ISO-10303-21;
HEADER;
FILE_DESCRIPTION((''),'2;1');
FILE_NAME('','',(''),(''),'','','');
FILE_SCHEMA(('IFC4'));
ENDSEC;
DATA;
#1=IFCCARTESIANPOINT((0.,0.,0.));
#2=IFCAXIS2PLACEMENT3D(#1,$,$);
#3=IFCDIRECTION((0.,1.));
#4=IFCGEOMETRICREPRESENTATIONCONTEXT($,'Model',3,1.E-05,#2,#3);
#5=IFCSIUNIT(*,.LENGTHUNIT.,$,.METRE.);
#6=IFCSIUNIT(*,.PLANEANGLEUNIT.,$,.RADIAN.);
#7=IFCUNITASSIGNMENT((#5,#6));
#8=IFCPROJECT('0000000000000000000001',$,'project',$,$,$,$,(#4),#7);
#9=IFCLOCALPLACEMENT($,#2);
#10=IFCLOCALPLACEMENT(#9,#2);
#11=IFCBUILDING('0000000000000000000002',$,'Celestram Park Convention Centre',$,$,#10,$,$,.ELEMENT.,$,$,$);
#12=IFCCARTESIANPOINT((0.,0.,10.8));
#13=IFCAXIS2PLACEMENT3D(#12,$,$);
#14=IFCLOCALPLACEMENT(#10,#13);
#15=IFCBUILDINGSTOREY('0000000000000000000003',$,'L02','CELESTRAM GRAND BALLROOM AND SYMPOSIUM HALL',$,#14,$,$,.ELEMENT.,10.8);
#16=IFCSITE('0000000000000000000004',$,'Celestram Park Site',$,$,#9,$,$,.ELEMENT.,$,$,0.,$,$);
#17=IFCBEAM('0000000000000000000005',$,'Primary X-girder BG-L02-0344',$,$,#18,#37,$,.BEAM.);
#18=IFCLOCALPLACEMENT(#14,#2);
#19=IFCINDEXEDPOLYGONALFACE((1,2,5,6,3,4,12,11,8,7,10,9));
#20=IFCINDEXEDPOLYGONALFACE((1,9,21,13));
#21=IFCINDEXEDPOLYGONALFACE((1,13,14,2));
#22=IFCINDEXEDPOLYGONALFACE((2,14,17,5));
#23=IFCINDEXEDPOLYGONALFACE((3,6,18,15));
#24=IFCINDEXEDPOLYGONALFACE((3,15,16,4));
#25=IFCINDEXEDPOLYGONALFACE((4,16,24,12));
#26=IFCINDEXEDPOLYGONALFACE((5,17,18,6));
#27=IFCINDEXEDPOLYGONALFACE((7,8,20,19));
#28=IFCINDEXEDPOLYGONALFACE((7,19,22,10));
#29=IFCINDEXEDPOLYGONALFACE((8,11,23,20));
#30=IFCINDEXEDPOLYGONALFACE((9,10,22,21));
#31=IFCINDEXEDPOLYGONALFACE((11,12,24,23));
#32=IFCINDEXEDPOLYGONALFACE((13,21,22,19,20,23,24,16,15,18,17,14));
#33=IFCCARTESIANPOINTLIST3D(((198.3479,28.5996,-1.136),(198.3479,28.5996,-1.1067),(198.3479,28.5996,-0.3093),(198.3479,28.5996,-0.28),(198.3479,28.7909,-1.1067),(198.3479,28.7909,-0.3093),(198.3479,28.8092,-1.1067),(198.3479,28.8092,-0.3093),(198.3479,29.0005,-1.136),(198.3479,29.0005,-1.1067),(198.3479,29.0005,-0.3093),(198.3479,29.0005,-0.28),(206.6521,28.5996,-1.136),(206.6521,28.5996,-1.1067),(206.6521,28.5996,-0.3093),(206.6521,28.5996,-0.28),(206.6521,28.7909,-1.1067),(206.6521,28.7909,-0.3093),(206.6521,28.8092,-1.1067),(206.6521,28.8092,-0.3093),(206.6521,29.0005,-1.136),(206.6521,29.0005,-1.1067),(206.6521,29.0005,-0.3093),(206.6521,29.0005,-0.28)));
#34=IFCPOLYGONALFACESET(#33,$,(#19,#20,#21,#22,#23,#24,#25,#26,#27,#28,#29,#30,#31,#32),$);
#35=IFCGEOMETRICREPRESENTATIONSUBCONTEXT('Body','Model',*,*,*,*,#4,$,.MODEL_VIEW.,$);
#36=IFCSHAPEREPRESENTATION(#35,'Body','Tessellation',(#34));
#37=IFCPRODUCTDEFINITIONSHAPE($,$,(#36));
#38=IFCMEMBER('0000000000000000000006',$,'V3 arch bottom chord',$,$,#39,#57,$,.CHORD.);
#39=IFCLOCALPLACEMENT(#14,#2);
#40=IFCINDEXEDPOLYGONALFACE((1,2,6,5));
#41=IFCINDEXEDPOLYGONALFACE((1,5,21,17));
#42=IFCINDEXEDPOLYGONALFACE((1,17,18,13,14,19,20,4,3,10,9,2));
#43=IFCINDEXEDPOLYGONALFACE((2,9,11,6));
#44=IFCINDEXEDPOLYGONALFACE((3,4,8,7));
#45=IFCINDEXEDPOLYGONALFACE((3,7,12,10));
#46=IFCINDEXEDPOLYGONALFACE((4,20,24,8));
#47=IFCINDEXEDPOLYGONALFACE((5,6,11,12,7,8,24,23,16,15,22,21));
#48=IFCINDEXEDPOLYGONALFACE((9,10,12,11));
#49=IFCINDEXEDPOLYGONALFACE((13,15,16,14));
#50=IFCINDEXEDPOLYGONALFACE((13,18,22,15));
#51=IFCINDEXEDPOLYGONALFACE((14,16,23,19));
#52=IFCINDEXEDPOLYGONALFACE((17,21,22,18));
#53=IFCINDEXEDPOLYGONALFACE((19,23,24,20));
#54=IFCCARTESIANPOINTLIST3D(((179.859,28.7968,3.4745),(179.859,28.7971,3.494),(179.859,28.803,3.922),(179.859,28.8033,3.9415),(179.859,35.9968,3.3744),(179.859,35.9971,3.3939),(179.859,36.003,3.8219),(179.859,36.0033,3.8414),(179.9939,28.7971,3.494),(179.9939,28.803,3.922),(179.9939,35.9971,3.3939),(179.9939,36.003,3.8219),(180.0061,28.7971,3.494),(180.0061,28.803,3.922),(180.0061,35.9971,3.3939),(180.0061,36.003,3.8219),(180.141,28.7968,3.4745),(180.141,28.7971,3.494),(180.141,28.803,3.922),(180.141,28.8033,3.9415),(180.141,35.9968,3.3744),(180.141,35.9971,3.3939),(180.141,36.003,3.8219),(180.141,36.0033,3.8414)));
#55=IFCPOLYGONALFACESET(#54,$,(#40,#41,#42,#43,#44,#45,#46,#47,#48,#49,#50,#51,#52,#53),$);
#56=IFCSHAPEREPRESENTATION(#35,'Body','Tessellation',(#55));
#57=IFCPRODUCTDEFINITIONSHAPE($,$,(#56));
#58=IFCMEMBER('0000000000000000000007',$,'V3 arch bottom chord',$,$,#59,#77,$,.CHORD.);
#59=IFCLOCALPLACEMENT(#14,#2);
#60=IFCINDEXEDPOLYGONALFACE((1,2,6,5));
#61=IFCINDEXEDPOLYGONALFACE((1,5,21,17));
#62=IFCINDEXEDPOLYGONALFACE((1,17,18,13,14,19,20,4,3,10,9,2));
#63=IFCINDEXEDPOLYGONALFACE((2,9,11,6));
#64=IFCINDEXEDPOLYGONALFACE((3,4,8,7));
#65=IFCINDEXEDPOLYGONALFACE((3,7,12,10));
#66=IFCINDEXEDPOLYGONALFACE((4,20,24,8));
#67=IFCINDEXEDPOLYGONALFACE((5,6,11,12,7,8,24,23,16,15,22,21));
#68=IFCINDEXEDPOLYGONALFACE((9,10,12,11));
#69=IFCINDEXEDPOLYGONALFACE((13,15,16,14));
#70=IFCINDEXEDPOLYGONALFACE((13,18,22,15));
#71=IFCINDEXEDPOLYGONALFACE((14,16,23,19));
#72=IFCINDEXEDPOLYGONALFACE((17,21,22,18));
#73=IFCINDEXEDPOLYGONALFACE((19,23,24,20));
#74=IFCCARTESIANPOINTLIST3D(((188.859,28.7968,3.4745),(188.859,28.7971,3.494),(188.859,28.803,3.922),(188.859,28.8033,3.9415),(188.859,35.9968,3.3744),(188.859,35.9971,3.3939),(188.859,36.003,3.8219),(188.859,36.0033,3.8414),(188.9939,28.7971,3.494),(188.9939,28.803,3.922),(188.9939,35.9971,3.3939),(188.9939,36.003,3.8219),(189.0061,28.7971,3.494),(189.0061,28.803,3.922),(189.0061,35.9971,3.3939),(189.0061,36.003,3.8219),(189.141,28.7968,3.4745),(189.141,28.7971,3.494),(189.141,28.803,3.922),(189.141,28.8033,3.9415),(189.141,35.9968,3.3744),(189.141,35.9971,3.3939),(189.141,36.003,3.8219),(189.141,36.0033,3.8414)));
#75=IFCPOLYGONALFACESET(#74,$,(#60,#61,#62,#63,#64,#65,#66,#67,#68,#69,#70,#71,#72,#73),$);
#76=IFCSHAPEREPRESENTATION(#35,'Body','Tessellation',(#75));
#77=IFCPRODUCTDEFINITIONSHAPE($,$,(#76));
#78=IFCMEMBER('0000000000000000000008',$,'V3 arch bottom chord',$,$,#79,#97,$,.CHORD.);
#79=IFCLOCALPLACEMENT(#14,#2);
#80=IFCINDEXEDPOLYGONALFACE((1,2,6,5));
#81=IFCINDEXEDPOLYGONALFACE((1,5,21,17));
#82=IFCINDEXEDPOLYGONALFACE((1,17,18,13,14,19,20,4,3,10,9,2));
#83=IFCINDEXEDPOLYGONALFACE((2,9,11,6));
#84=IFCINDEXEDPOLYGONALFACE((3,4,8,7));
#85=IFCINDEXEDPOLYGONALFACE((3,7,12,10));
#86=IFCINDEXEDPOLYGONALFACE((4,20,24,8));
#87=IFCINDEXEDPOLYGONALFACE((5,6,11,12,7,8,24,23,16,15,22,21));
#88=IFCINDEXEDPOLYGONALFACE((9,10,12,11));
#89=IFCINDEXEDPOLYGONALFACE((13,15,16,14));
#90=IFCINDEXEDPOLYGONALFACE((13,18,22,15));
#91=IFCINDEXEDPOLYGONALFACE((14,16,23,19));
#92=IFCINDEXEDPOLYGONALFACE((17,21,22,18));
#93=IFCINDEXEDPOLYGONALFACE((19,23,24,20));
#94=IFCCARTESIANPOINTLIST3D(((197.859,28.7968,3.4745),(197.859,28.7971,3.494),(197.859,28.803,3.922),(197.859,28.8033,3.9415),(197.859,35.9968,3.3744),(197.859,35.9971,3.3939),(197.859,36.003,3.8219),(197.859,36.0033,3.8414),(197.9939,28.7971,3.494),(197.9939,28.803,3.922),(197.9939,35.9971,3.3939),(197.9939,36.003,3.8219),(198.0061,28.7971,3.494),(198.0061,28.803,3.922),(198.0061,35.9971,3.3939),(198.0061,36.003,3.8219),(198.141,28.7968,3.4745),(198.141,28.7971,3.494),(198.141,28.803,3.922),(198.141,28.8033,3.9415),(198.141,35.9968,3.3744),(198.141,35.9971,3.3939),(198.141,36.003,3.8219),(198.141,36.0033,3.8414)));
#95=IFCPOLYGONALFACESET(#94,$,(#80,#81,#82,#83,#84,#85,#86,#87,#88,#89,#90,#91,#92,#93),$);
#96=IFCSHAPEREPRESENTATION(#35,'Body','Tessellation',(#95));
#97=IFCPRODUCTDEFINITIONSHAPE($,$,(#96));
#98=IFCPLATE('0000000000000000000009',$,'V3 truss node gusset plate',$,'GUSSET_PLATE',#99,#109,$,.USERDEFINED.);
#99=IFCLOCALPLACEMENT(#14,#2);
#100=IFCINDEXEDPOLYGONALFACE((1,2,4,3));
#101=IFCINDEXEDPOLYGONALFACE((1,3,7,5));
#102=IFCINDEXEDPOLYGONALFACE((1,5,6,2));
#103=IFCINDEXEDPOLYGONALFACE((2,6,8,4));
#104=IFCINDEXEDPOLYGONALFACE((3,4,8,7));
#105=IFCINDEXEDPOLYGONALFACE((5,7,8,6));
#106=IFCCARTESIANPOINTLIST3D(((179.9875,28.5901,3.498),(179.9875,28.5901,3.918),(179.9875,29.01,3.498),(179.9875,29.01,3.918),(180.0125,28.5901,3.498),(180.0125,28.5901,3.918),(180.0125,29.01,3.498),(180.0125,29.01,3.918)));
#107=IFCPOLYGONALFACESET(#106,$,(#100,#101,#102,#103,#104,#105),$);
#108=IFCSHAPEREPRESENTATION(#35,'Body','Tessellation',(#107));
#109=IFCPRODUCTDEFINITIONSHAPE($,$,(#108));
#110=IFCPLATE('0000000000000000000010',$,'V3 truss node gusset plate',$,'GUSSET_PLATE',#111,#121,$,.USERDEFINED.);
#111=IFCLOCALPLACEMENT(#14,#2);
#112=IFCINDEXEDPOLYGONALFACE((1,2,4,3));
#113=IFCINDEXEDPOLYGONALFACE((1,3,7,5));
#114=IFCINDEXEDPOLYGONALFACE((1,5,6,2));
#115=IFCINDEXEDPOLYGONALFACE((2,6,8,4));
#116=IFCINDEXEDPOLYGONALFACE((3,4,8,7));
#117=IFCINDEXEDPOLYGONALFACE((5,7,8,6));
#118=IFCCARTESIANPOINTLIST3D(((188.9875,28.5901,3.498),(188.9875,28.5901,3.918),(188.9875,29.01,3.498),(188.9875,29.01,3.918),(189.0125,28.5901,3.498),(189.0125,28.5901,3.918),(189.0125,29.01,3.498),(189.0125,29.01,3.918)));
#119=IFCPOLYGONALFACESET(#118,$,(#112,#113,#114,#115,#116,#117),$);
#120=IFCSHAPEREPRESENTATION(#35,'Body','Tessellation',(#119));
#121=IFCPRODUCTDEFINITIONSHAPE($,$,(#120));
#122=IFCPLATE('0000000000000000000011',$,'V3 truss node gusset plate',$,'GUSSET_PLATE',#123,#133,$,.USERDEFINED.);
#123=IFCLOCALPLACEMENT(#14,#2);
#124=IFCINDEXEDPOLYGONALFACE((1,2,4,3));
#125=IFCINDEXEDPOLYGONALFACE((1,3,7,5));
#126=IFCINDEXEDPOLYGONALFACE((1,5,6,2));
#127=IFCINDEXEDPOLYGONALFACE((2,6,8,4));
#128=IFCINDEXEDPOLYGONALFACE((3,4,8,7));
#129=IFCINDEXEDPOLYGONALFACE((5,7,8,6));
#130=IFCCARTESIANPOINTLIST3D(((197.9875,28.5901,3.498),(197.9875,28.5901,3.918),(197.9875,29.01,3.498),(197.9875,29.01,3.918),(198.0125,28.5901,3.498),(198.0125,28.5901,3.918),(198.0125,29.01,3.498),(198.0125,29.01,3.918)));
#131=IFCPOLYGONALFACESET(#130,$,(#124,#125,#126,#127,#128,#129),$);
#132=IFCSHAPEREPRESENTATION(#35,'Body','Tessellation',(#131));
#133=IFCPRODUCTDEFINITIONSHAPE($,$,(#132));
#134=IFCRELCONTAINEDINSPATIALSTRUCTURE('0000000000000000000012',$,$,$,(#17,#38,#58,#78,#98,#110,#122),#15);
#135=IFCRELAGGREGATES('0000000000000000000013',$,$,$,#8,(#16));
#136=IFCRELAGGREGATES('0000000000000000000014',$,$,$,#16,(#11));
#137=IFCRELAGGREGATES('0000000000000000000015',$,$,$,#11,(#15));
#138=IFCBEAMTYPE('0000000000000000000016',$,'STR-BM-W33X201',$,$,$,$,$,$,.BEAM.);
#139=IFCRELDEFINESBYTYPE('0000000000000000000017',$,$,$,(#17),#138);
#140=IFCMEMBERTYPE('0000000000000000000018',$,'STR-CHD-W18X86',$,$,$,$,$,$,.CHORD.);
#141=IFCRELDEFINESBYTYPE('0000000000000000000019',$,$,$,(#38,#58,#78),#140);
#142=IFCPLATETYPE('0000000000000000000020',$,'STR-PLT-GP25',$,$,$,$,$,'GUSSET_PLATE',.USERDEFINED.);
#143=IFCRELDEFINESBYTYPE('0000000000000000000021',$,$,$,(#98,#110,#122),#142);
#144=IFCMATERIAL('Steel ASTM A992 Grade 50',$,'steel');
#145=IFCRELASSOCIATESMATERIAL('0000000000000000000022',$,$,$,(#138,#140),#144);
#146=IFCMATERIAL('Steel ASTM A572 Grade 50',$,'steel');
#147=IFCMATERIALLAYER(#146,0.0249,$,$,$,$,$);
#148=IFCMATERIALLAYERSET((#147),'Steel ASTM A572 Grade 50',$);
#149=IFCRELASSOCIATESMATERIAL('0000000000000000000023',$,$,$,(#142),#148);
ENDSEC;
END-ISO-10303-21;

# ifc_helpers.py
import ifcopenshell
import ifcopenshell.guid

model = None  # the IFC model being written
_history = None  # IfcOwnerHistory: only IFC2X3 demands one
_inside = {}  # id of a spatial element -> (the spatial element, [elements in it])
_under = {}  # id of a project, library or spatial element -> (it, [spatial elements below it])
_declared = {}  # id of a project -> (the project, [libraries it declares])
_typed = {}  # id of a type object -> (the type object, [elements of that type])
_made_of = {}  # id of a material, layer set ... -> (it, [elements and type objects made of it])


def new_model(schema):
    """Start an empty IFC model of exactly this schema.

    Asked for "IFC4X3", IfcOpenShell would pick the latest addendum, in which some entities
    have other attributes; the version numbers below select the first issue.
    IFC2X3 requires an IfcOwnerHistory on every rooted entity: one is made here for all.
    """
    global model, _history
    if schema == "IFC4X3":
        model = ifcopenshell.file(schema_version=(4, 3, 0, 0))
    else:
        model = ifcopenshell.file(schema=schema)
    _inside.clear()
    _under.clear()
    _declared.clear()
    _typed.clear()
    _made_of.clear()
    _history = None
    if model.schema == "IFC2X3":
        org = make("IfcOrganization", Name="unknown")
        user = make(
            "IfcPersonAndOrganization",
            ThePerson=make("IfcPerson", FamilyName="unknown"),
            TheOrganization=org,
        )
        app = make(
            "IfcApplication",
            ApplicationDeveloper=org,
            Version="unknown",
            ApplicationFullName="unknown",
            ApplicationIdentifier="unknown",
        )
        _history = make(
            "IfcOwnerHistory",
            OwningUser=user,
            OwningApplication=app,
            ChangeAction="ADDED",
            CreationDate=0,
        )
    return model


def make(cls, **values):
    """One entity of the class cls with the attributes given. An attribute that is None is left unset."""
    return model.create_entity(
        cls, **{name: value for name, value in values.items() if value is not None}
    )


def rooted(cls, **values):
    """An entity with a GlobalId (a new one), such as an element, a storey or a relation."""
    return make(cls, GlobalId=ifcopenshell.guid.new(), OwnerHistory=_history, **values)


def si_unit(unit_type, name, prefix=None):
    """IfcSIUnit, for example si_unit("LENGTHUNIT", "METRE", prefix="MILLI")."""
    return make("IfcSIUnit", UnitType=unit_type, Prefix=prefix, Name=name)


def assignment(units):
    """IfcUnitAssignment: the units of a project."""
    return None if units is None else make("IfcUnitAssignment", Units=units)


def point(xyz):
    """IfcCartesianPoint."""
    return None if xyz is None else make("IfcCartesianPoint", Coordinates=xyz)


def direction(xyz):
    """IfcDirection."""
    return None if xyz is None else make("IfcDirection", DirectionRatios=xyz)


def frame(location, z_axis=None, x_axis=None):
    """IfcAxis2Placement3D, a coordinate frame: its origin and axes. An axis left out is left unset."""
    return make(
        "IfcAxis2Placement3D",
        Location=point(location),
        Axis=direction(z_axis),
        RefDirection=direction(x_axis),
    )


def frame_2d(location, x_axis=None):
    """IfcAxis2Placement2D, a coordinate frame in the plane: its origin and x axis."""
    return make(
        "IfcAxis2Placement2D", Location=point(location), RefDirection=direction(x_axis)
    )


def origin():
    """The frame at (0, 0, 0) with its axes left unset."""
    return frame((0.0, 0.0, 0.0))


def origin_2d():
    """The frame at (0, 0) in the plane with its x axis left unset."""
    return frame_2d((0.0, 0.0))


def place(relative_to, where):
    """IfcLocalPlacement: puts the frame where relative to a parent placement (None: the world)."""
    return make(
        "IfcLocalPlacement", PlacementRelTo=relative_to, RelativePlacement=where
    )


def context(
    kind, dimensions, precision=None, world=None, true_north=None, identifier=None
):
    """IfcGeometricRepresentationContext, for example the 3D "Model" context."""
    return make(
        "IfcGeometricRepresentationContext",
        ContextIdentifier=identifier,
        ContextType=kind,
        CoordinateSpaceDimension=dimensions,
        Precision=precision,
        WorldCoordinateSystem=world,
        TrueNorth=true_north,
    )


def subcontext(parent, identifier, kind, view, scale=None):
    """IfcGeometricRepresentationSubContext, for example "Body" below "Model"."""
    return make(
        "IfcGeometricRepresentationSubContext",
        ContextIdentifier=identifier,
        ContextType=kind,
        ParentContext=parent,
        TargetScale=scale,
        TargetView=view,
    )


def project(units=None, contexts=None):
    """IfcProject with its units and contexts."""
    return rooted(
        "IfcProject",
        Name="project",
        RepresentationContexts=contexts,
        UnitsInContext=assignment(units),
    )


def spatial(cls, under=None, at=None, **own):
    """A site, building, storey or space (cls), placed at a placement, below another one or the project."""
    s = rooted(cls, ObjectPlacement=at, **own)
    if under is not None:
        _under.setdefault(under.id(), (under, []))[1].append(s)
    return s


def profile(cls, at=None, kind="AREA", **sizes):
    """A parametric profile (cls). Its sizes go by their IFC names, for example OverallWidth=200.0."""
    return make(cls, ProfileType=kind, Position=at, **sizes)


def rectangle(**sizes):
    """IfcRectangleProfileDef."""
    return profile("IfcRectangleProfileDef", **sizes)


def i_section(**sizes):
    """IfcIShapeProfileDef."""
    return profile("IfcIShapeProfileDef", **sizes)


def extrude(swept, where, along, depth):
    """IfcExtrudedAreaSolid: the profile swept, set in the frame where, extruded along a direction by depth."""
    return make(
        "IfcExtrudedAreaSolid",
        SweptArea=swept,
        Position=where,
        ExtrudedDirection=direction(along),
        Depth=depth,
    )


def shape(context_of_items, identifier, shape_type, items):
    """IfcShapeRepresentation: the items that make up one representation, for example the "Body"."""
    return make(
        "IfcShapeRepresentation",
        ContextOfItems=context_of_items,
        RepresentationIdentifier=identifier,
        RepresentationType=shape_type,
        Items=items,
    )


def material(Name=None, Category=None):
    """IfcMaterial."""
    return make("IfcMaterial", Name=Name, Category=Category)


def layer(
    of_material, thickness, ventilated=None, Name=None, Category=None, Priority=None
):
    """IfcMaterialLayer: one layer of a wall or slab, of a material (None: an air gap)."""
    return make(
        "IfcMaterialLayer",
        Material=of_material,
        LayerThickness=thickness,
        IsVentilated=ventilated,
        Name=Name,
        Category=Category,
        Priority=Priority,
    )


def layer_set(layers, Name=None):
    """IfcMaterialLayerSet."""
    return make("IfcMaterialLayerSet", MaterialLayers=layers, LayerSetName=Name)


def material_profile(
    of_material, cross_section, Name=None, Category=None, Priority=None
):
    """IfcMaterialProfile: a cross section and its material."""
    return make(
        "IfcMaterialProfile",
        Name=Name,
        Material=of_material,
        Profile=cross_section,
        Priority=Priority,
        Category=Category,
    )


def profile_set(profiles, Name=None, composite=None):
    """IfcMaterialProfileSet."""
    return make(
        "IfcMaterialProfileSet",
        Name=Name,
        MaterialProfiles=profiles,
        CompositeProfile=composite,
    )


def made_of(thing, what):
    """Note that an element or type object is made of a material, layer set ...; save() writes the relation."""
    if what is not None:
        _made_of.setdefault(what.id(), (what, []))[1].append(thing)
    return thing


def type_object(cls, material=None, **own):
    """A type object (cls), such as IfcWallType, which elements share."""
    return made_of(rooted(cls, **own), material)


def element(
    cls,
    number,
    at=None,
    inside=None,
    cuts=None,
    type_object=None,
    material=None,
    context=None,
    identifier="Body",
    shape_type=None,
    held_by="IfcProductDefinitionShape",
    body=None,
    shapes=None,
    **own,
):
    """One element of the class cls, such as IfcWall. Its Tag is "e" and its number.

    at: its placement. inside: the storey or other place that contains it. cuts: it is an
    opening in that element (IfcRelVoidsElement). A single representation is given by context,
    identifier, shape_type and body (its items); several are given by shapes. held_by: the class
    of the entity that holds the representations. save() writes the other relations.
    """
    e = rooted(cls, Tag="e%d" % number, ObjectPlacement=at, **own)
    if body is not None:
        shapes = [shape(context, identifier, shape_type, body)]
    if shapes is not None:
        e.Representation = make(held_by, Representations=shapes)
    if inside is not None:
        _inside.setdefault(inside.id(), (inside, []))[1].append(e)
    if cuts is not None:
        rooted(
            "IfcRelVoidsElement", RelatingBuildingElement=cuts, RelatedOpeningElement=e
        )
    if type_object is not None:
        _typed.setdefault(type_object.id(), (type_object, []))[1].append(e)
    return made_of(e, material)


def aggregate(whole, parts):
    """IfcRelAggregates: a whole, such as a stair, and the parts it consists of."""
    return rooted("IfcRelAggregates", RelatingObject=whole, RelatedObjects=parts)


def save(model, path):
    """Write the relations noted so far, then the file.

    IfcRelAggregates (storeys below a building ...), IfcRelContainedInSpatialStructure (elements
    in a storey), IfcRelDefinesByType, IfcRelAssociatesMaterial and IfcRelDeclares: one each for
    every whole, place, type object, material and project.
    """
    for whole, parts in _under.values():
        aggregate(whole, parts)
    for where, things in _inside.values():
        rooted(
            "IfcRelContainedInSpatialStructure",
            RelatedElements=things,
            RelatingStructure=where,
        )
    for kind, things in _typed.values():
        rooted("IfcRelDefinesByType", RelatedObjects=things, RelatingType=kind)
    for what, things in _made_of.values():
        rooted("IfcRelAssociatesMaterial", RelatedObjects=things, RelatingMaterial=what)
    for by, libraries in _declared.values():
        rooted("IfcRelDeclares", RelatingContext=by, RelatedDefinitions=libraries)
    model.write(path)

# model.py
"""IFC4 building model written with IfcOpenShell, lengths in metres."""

from ifc_helpers import new_model, si_unit, direction, frame, origin, origin_2d, place, context, subcontext, project, spatial, rectangle, i_section, extrude, material, layer, layer_set, material_profile, profile_set, type_object, element, save


model = new_model("IFC4")

# Units and contexts
model_context = context("Model", 3, precision=1e-05, world=origin(), true_north=direction((0.0, 1.0)))
body_context = subcontext(model_context, "Body", "Model", "MODEL_VIEW")
ifc_project = project(units=[si_unit("LENGTHUNIT", "METRE"), si_unit("PLANEANGLEUNIT", "RADIAN")], contexts=[model_context])

# Site, building, storey
site_placement = place(None, origin())
site = spatial("IfcSite", under=ifc_project, at=site_placement, Name="Celestram Park Site", CompositionType="ELEMENT", RefElevation=0.0)
building_placement = place(site_placement, origin())
building = spatial("IfcBuilding", under=site, at=building_placement, Name="Celestram Park Convention Centre", CompositionType="ELEMENT")
storey_placement = place(building_placement, frame((0.0, 0.0, 10.8)))
storey = spatial("IfcBuildingStorey", under=building, at=storey_placement, Name="L02", Description="CELESTRAM GRAND BALLROOM AND SYMPOSIUM HALL", CompositionType="ELEMENT", Elevation=10.8)

# Beam
ifc_material_1 = material(Name="Steel ASTM A992 Grade 50", Category="steel")
ifc_material_profile_1 = material_profile(ifc_material_1, i_section(OverallWidth=0.4009, OverallDepth=0.856, WebThickness=0.0183, FlangeThickness=0.0293, at=origin_2d()), Name="W33X201")
ifc_profile_set_1 = profile_set([ifc_material_profile_1], Name="Steel ASTM A992 Grade 50")
beam_type_1 = type_object("IfcBeamType", Name="STR-BM-W33X201", PredefinedType="BEAM", material=ifc_profile_set_1)
for number, where, z_axis, x_axis, name in (
    (1, (198.3479, 28.8, -0.708), (1.0, 0.0, 0.0), (0.0, 1.0, 0.0), "Primary X-girder BG-L02-0344"),
):
    element("IfcBeam", number, at=place(storey_placement, frame(where, z_axis=z_axis, x_axis=x_axis)), inside=storey, type_object=beam_type_1, Name=name, PredefinedType="BEAM", context=body_context, shape_type="SweptSolid", body=[
        extrude(i_section(OverallWidth=0.4009, OverallDepth=0.856, WebThickness=0.0183, FlangeThickness=0.0293, at=origin_2d()), origin(), (0.0, 0.0, 1.0), 8.3042),
    ])

# Members
ifc_material_profile_2 = material_profile(ifc_material_1, i_section(OverallWidth=0.282, OverallDepth=0.467, WebThickness=0.0122, FlangeThickness=0.0195, at=origin_2d()), Name="W18X86")
ifc_profile_set_2 = profile_set([ifc_material_profile_2], Name="Steel ASTM A992 Grade 50")
member_type = type_object("IfcMemberType", Name="STR-CHD-W18X86", PredefinedType="CHORD", material=ifc_profile_set_2)
for number, where, z_axis, x_axis, name in (
    (2, (180.0, 28.8, 3.708), (0.0, 0.999903, -0.013901), (-1.0, 0.0, 0.0), "V3 arch bottom chord"),
    (3, (189.0, 28.8, 3.708), (0.0, 0.999903, -0.013901), (-1.0, 0.0, 0.0), "V3 arch bottom chord"),
    (4, (198.0, 28.8, 3.708), (0.0, 0.999903, -0.013901), (-1.0, 0.0, 0.0), "V3 arch bottom chord"),
):
    element("IfcMember", number, at=place(storey_placement, frame(where, z_axis=z_axis, x_axis=x_axis)), inside=storey, type_object=member_type, Name=name, PredefinedType="CHORD", context=body_context, shape_type="SweptSolid", body=[
        extrude(i_section(OverallWidth=0.282, OverallDepth=0.467, WebThickness=0.0122, FlangeThickness=0.0195, at=origin_2d()), origin(), (0.0, 0.0, 1.0), 7.2007),
    ])

# Plates
ifc_material_2 = material(Name="Steel ASTM A572 Grade 50", Category="steel")
ifc_layer = layer(ifc_material_2, 0.0249)
ifc_layer_set = layer_set([ifc_layer], Name="Steel ASTM A572 Grade 50")
plate_type = type_object("IfcPlateType", Name="STR-PLT-GP25", ElementType="GUSSET_PLATE", PredefinedType="USERDEFINED", material=ifc_layer_set)
for number, where, z_axis, x_axis, name in (
    (5, (180.0, 28.8, 3.498), (0.0, 0.0, 1.0), (0.0, 1.0, 0.0), "V3 truss node gusset plate"),
    (6, (189.0, 28.8, 3.498), (0.0, 0.0, 1.0), (0.0, 1.0, 0.0), "V3 truss node gusset plate"),
    (7, (198.0, 28.8, 3.498), (0.0, 0.0, 1.0), (0.0, 1.0, 0.0), "V3 truss node gusset plate"),
):
    element("IfcPlate", number, at=place(storey_placement, frame(where, z_axis=z_axis, x_axis=x_axis)), inside=storey, type_object=plate_type, Name=name, ObjectType="GUSSET_PLATE", PredefinedType="USERDEFINED", context=body_context, shape_type="SweptSolid", body=[
        extrude(rectangle(XDim=0.4199, YDim=0.0249, at=origin_2d()), origin(), (0.0, 0.0, 1.0), 0.4199),
    ])

save(model, "model.ifc")
